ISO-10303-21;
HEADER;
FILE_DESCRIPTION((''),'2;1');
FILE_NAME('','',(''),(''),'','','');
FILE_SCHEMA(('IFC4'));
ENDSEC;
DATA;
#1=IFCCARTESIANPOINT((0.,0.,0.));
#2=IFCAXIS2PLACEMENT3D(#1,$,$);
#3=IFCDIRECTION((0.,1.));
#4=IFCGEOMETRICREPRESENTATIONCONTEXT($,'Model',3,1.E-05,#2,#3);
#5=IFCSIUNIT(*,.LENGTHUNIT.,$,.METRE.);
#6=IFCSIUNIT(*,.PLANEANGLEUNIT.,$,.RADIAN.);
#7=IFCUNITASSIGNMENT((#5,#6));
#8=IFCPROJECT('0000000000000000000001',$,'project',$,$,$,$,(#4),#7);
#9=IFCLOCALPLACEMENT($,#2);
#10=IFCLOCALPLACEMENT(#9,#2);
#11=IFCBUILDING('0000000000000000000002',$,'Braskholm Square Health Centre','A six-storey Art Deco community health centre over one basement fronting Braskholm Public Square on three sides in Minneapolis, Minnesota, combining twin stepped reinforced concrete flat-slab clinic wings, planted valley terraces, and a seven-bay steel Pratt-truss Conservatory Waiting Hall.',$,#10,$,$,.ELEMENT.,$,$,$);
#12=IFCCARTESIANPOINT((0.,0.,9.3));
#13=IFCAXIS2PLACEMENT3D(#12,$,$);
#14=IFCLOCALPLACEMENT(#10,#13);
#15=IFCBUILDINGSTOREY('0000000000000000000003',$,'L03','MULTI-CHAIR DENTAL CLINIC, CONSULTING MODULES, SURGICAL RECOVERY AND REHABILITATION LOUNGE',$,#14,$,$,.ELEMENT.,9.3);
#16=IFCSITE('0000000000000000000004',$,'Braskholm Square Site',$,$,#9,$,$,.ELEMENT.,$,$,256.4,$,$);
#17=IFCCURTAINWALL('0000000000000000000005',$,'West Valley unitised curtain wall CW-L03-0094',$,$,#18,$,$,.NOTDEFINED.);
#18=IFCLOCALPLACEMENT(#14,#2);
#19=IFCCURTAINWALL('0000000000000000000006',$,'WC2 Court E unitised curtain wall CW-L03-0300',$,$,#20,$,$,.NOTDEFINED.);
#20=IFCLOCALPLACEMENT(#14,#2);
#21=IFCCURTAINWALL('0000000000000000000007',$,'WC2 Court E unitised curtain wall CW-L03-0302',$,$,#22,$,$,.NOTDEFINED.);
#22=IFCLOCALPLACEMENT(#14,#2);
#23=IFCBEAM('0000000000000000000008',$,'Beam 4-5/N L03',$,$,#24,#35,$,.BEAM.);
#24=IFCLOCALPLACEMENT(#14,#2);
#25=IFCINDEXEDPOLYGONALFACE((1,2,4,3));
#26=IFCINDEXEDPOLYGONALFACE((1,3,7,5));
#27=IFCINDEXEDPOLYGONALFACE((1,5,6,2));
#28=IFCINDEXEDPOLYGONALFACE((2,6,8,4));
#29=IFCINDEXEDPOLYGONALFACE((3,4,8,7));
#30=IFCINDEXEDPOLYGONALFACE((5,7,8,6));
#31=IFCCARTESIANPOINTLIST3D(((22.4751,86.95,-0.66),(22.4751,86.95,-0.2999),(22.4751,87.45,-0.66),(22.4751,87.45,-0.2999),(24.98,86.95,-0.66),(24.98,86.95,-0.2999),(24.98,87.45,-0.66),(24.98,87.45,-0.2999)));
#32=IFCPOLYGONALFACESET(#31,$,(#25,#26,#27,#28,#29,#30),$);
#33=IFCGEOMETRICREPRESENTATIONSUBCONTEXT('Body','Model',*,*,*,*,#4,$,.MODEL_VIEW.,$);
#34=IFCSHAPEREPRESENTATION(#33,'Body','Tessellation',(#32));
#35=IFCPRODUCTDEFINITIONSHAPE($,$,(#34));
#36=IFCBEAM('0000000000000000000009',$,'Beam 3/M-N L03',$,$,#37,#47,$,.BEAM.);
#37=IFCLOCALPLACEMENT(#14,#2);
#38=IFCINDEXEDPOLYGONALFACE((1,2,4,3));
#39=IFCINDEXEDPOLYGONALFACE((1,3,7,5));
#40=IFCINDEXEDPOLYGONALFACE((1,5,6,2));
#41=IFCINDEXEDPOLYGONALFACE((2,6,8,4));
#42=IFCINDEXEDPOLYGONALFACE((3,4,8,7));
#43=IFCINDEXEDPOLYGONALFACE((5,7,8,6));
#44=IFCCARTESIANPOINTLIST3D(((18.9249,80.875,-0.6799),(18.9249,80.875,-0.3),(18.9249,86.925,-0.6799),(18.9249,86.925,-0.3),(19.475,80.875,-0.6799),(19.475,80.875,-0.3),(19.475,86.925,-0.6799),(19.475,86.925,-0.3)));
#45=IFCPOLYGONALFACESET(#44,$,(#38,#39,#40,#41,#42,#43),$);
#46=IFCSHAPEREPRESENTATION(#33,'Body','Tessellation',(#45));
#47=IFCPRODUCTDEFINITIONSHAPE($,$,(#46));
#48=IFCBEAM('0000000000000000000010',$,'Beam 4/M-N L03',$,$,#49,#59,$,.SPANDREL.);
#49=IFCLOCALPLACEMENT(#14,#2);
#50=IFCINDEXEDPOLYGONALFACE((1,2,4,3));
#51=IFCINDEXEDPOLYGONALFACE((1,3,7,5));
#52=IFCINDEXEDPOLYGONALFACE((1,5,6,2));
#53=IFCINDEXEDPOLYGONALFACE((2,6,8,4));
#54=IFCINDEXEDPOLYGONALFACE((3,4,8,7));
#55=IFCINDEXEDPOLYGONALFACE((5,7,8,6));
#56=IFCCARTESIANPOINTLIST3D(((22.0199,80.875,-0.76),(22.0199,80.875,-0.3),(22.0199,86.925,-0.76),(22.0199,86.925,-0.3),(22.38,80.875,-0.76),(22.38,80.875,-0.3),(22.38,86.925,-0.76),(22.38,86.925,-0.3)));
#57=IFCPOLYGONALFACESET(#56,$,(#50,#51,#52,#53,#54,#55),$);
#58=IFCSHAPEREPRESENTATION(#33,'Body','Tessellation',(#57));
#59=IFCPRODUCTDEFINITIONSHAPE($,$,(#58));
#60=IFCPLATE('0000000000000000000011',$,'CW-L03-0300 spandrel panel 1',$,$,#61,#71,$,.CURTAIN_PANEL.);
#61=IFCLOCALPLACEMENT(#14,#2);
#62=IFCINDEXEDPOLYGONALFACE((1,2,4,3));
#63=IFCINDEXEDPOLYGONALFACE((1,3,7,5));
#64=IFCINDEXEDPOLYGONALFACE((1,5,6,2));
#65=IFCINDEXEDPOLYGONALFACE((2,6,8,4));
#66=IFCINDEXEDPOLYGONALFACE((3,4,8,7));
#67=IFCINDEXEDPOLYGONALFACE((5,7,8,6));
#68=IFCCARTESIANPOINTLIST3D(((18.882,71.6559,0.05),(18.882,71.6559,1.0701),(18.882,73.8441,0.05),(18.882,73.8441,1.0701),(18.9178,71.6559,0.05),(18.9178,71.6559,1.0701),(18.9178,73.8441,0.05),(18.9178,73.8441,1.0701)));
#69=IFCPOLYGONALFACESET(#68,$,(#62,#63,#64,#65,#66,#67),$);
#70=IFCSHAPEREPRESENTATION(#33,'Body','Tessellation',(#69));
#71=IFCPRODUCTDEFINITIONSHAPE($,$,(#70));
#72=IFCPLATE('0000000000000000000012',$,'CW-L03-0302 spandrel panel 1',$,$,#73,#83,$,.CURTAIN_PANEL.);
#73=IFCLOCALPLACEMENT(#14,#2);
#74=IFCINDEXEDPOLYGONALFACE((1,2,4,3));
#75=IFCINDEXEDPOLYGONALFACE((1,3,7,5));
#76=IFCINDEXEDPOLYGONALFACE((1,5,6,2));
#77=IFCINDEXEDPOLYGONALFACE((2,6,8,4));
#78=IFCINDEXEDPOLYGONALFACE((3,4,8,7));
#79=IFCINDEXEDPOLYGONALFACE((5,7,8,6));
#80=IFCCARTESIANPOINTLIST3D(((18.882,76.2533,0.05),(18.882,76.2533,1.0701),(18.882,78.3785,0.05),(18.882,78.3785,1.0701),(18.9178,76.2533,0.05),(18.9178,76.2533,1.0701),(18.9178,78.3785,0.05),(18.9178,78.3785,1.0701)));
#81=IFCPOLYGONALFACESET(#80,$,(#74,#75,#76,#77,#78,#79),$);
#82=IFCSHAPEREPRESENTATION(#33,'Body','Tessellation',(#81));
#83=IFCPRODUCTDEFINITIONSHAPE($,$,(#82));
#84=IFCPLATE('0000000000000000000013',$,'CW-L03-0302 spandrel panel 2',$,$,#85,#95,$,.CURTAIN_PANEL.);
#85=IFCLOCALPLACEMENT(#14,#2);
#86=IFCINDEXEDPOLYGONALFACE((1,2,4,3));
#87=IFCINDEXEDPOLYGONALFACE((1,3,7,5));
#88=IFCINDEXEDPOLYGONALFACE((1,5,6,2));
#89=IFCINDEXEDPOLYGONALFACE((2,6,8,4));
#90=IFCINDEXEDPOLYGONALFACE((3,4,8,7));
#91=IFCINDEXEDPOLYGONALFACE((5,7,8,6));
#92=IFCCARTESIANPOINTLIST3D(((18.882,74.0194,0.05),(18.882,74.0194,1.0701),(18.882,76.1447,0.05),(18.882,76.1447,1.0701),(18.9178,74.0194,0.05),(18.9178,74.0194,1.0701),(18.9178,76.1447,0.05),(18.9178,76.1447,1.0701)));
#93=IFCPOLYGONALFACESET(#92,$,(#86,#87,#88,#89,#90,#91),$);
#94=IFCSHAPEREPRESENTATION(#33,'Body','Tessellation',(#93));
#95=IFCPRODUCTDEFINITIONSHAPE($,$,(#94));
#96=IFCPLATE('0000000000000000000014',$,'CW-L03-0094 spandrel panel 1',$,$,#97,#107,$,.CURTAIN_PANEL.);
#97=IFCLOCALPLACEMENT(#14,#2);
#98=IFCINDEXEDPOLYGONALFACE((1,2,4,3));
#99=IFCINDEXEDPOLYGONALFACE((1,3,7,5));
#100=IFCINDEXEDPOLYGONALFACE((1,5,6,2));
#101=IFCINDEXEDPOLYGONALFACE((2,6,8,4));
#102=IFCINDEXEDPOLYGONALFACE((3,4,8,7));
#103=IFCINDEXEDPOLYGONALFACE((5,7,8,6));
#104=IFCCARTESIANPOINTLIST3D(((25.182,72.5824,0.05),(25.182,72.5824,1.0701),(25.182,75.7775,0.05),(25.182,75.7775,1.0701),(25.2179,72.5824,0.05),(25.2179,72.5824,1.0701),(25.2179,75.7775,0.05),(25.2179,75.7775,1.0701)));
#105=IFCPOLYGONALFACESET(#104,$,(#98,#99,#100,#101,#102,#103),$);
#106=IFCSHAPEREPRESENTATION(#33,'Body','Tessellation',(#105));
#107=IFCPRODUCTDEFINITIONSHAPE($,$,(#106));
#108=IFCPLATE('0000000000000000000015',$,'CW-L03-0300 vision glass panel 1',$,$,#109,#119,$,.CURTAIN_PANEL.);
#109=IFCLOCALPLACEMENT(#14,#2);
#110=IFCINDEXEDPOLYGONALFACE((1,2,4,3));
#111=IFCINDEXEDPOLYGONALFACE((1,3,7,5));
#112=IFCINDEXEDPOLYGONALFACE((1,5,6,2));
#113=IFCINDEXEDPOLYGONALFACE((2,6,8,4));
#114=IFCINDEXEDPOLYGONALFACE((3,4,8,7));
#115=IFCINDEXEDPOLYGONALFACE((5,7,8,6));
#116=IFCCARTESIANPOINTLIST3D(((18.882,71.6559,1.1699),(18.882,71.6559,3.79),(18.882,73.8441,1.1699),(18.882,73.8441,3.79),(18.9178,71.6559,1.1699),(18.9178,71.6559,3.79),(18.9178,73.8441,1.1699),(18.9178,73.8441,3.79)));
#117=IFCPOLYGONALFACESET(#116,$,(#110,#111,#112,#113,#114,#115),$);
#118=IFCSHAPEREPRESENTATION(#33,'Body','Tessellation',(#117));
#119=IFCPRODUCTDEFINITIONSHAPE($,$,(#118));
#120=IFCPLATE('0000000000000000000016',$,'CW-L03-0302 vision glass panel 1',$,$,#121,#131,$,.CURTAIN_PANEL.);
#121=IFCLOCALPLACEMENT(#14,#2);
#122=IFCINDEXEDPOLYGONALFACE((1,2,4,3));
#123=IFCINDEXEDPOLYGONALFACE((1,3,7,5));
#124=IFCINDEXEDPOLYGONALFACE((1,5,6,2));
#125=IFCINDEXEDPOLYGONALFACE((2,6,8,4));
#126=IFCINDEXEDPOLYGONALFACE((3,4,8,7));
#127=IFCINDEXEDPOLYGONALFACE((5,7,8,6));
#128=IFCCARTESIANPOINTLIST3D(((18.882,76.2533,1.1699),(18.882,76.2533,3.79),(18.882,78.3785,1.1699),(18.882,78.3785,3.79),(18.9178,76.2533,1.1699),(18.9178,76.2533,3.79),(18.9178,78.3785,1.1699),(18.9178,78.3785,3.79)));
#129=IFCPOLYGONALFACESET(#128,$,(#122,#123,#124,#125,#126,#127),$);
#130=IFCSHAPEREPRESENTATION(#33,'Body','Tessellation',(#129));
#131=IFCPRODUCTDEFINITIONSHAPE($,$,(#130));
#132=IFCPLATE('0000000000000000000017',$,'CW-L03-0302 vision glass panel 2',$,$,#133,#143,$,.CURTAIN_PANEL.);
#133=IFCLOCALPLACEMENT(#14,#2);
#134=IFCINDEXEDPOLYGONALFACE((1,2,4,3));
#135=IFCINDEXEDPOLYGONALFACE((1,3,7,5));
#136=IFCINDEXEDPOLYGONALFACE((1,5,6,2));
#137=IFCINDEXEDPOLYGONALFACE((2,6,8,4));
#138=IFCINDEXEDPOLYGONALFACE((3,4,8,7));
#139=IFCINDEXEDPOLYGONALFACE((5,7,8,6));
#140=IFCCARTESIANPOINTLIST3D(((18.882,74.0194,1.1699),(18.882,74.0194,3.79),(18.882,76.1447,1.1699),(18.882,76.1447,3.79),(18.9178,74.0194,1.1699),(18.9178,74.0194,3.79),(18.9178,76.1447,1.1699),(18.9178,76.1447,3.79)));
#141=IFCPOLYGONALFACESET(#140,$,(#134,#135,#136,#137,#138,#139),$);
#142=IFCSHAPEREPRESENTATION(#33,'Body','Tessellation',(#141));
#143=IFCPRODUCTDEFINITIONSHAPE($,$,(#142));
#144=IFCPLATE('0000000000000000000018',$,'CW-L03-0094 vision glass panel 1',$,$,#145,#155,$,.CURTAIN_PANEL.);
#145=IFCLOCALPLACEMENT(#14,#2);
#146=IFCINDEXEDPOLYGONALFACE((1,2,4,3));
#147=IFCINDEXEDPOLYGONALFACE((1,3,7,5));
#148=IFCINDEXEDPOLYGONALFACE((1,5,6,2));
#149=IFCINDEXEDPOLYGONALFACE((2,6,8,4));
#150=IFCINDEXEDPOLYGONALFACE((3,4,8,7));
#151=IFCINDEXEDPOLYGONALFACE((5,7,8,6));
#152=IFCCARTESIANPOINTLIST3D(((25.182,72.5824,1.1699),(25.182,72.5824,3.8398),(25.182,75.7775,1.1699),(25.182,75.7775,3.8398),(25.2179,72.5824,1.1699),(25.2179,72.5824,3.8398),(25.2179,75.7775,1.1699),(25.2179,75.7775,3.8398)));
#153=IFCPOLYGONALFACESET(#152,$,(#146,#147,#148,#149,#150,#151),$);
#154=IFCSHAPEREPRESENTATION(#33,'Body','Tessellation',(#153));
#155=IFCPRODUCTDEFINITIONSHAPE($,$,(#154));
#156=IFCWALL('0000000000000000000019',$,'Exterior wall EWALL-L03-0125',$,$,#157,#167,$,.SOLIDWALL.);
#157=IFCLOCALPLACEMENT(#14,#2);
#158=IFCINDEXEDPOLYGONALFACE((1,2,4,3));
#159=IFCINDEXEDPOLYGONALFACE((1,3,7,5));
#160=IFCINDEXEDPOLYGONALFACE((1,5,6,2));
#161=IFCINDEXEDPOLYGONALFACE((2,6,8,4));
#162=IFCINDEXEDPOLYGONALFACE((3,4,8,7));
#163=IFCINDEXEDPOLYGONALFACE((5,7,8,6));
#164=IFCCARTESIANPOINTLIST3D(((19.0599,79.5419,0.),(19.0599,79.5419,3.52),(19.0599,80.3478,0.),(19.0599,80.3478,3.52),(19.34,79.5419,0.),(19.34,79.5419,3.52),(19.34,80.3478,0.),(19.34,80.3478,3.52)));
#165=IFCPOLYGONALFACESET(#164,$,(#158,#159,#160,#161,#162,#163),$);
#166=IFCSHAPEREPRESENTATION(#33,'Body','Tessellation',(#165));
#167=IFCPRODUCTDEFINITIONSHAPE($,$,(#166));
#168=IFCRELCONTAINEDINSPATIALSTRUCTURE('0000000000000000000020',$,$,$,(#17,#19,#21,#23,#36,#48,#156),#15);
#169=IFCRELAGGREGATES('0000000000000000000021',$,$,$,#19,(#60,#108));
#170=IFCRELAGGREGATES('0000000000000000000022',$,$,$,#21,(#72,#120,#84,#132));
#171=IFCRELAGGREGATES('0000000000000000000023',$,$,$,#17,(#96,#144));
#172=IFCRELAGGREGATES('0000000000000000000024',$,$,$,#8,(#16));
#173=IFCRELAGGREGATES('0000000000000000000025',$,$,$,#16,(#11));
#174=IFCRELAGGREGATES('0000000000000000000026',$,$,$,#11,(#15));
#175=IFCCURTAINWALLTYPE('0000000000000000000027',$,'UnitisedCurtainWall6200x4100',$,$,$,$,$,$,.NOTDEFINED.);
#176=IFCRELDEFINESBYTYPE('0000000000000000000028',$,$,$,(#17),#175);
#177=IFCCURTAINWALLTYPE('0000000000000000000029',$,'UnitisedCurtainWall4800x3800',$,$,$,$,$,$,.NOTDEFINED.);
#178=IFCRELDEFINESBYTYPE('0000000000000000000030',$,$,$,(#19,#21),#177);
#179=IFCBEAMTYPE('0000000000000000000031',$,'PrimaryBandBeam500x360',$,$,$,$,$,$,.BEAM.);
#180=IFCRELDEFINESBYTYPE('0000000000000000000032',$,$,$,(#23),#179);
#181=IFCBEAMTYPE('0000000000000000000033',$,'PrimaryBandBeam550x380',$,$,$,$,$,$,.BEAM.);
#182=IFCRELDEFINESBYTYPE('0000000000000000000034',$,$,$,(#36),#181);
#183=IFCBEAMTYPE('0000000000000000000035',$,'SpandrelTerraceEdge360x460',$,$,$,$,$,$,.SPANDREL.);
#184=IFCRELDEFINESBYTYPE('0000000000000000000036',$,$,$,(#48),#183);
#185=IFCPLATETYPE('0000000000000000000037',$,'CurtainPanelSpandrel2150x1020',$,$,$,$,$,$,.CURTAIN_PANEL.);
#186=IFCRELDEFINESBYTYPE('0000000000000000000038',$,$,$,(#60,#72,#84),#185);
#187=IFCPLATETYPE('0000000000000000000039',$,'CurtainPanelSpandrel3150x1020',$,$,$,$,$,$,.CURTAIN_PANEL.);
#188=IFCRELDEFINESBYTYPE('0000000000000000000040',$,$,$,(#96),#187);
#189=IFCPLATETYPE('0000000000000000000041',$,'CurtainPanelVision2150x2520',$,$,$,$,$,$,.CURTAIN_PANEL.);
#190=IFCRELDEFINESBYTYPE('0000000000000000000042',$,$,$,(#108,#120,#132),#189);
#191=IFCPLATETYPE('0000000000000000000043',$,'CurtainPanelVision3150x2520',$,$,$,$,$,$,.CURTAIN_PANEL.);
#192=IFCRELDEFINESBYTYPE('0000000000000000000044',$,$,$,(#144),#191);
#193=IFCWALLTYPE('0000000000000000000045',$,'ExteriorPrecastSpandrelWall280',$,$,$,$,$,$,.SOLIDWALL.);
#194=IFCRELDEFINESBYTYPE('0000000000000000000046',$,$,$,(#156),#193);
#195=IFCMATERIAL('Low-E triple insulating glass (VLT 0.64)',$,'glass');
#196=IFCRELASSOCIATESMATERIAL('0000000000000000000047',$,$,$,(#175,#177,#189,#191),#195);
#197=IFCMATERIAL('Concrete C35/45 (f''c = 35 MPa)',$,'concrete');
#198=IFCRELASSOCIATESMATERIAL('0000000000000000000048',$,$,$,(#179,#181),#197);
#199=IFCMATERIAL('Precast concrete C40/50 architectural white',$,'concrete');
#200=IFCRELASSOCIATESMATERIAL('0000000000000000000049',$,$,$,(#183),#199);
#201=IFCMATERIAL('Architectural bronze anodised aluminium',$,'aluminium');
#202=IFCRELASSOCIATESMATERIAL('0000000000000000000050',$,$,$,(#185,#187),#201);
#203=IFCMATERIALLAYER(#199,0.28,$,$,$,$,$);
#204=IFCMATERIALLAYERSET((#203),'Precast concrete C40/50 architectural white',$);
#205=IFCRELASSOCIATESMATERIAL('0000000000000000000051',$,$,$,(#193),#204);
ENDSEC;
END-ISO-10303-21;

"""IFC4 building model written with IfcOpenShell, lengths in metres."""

from ifc_helpers import new_model, si_unit, direction, frame, frame_2d, origin, origin_2d, place, context, subcontext, project, spatial, rectangle, extrude, material, layer, layer_set, material_profile, profile_set, type_object, element, aggregate, save


model = new_model("IFC4")

# Units and contexts
model_context = context("Model", 3, precision=1e-05, world=origin(), true_north=direction((0.0, 1.0)))
body_context = subcontext(model_context, "Body", "Model", "MODEL_VIEW")
ifc_project = project(units=[si_unit("LENGTHUNIT", "METRE"), si_unit("PLANEANGLEUNIT", "RADIAN")], contexts=[model_context])

# Site, building, storey
site_placement = place(None, origin())
site = spatial("IfcSite", under=ifc_project, at=site_placement, Name="Braskholm Square Site", CompositionType="ELEMENT", RefElevation=256.4)
building_placement = place(site_placement, origin())
building = spatial("IfcBuilding", under=site, at=building_placement, Name="Braskholm Square Health Centre", Description="A six-storey Art Deco community health centre over one basement fronting Braskholm Public Square on three sides in Minneapolis, Minnesota, combining twin stepped reinforced concrete flat-slab clinic wings, planted valley terraces, and a seven-bay steel Pratt-truss Conservatory Waiting Hall.", CompositionType="ELEMENT")
storey_placement = place(building_placement, frame((0.0, 0.0, 9.3)))
storey = spatial("IfcBuildingStorey", under=building, at=storey_placement, Name="L03", Description="MULTI-CHAIR DENTAL CLINIC, CONSULTING MODULES, SURGICAL RECOVERY AND REHABILITATION LOUNGE", CompositionType="ELEMENT", Elevation=9.3)

# Curtain walls
ifc_material_1 = material(Name="Low-E triple insulating glass (VLT 0.64)", Category="glass")
curtain_wall_type_1 = type_object("IfcCurtainWallType", Name="UnitisedCurtainWall6200x4100", PredefinedType="NOTDEFINED", material=ifc_material_1)
curtain_wall_1_placement = place(storey_placement, origin())
curtain_wall_1 = element("IfcCurtainWall", 1, at=curtain_wall_1_placement, inside=storey, type_object=curtain_wall_type_1, Name="West Valley unitised curtain wall CW-L03-0094", PredefinedType="NOTDEFINED")
ifc_material_2 = material(Name="Architectural bronze anodised aluminium", Category="aluminium")
curtain_wall_type_2 = type_object("IfcCurtainWallType", Name="UnitisedCurtainWall4800x3800", PredefinedType="NOTDEFINED", material=ifc_material_1)
curtain_wall_2_placement = place(storey_placement, origin())
curtain_wall_2 = element("IfcCurtainWall", 2, at=curtain_wall_2_placement, inside=storey, type_object=curtain_wall_type_2, Name="WC2 Court E unitised curtain wall CW-L03-0300", PredefinedType="NOTDEFINED")

# Curtain wall
curtain_wall_3_placement = place(storey_placement, origin())
curtain_wall_3 = element("IfcCurtainWall", 3, at=curtain_wall_3_placement, inside=storey, type_object=curtain_wall_type_2, Name="WC2 Court E unitised curtain wall CW-L03-0302", PredefinedType="NOTDEFINED")

# Beams
ifc_material_3 = material(Name="Concrete C35/45 (f'c = 35 MPa)", Category="concrete")
ifc_material_profile_1 = material_profile(ifc_material_3, rectangle(XDim=0.5, YDim=0.3601, at=origin_2d()), Name="RCB-500X360")
ifc_profile_set_1 = profile_set([ifc_material_profile_1], Name="Concrete C35/45 (f'c = 35 MPa)")
beam_type_1 = type_object("IfcBeamType", Name="PrimaryBandBeam500x360", PredefinedType="BEAM", material=ifc_profile_set_1)
beam_1_placement = place(storey_placement, frame((22.4751, 87.2, -0.48), z_axis=(1.0, 0.0, 0.0), x_axis=(0.0, 1.0, 0.0)))
element("IfcBeam", 4, at=beam_1_placement, inside=storey, type_object=beam_type_1, Name="Beam 4-5/N L03", PredefinedType="BEAM", context=body_context, shape_type="SweptSolid", body=[
    extrude(rectangle(XDim=0.5, YDim=0.3601, at=origin_2d()), origin(), (0.0, 0.0, 1.0), 2.5049),
])
ifc_material_profile_2 = material_profile(ifc_material_3, rectangle(XDim=0.55, YDim=0.3799, at=origin_2d()), Name="RCB-550X380")
ifc_profile_set_2 = profile_set([ifc_material_profile_2], Name="Concrete C35/45 (f'c = 35 MPa)")
beam_type_2 = type_object("IfcBeamType", Name="PrimaryBandBeam550x380", PredefinedType="BEAM", material=ifc_profile_set_2)
beam_2_placement = place(storey_placement, frame((19.2, 80.875, -0.49), z_axis=(0.0, 1.0, 0.0), x_axis=(-1.0, 0.0, 0.0)))
element("IfcBeam", 5, at=beam_2_placement, inside=storey, type_object=beam_type_2, Name="Beam 3/M-N L03", PredefinedType="BEAM", context=body_context, shape_type="SweptSolid", body=[
    extrude(rectangle(XDim=0.55, YDim=0.3799, at=origin_2d()), origin(), (0.0, 0.0, 1.0), 6.05),
])
ifc_material_4 = material(Name="Precast concrete C40/50 architectural white", Category="concrete")
ifc_material_profile_3 = material_profile(ifc_material_4, rectangle(XDim=0.3601, YDim=0.46, at=origin_2d()), Name="RCB-360X460")
ifc_profile_set_3 = profile_set([ifc_material_profile_3], Name="Precast concrete C40/50 architectural white")
beam_type_3 = type_object("IfcBeamType", Name="SpandrelTerraceEdge360x460", PredefinedType="SPANDREL", material=ifc_profile_set_3)
beam_3_placement = place(storey_placement, frame((22.2, 80.875, -0.53), z_axis=(0.0, 1.0, 0.0), x_axis=(-1.0, 0.0, 0.0)))
element("IfcBeam", 6, at=beam_3_placement, inside=storey, type_object=beam_type_3, Name="Beam 4/M-N L03", PredefinedType="SPANDREL", context=body_context, shape_type="SweptSolid", body=[
    extrude(rectangle(XDim=0.3601, YDim=0.46, at=origin_2d()), origin(), (0.0, 0.0, 1.0), 6.05),
])

# Plates
plate_type_1 = type_object("IfcPlateType", Name="CurtainPanelSpandrel2150x1020", PredefinedType="CURTAIN_PANEL", material=ifc_material_2)
plate_1_placement = place(storey_placement, frame((18.8999, 72.75, 0.05), z_axis=(0.0, 0.0, 1.0), x_axis=(0.0, -1.0, 0.0)))
plate_1 = element("IfcPlate", 7, at=plate_1_placement, type_object=plate_type_1, Name="CW-L03-0300 spandrel panel 1", PredefinedType="CURTAIN_PANEL", context=body_context, shape_type="SweptSolid", body=[
    extrude(rectangle(XDim=2.1882, YDim=0.0359, at=origin_2d()), origin(), (0.0, 0.0, 1.0), 1.02),
])
plate_2_placement = place(storey_placement, frame((18.8999, 77.3159, 0.05), z_axis=(0.0, 0.0, 1.0), x_axis=(0.0, -1.0, 0.0)))
plate_2 = element("IfcPlate", 8, at=plate_2_placement, type_object=plate_type_1, Name="CW-L03-0302 spandrel panel 1", PredefinedType="CURTAIN_PANEL", context=body_context, shape_type="SweptSolid", body=[
    extrude(rectangle(XDim=2.1252, YDim=0.0359, at=origin_2d()), origin(), (0.0, 0.0, 1.0), 1.02),
])
plate_3_placement = place(storey_placement, frame((18.8999, 75.082, 0.05), z_axis=(0.0, 0.0, 1.0), x_axis=(0.0, -1.0, 0.0)))
plate_3 = element("IfcPlate", 9, at=plate_3_placement, type_object=plate_type_1, Name="CW-L03-0302 spandrel panel 2", PredefinedType="CURTAIN_PANEL", context=body_context, shape_type="SweptSolid", body=[
    extrude(rectangle(XDim=2.1252, YDim=0.0359, at=origin_2d()), origin(), (0.0, 0.0, 1.0), 1.02),
])
plate_type_2 = type_object("IfcPlateType", Name="CurtainPanelSpandrel3150x1020", PredefinedType="CURTAIN_PANEL", material=ifc_material_2)
plate_4_placement = place(storey_placement, frame((25.2, 74.1799, 0.05), z_axis=(0.0, 0.0, 1.0), x_axis=(0.0, 1.0, 0.0)))
plate_4 = element("IfcPlate", 10, at=plate_4_placement, type_object=plate_type_2, Name="CW-L03-0094 spandrel panel 1", PredefinedType="CURTAIN_PANEL", context=body_context, shape_type="SweptSolid", body=[
    extrude(rectangle(XDim=3.1951, YDim=0.0359, at=origin_2d()), origin(), (0.0, 0.0, 1.0), 1.02),
])
plate_type_3 = type_object("IfcPlateType", Name="CurtainPanelVision2150x2520", PredefinedType="CURTAIN_PANEL", material=ifc_material_1)
plate_5_placement = place(storey_placement, frame((18.8999, 72.75, 1.1699), z_axis=(0.0, 0.0, 1.0), x_axis=(0.0, -1.0, 0.0)))
plate_5 = element("IfcPlate", 11, at=plate_5_placement, type_object=plate_type_3, Name="CW-L03-0300 vision glass panel 1", PredefinedType="CURTAIN_PANEL", context=body_context, shape_type="SweptSolid", body=[
    extrude(rectangle(XDim=2.1882, YDim=0.0359, at=origin_2d()), origin(), (0.0, 0.0, 1.0), 2.6201),
])
aggregate(curtain_wall_2, [plate_1, plate_5])
plate_6_placement = place(storey_placement, frame((18.8999, 77.3159, 1.1699), z_axis=(0.0, 0.0, 1.0), x_axis=(0.0, -1.0, 0.0)))
plate_6 = element("IfcPlate", 12, at=plate_6_placement, type_object=plate_type_3, Name="CW-L03-0302 vision glass panel 1", PredefinedType="CURTAIN_PANEL", context=body_context, shape_type="SweptSolid", body=[
    extrude(rectangle(XDim=2.1252, YDim=0.0359, at=origin_2d()), origin(), (0.0, 0.0, 1.0), 2.6201),
])
plate_7_placement = place(storey_placement, frame((18.8999, 75.082, 1.1699), z_axis=(0.0, 0.0, 1.0), x_axis=(0.0, -1.0, 0.0)))
plate_7 = element("IfcPlate", 13, at=plate_7_placement, type_object=plate_type_3, Name="CW-L03-0302 vision glass panel 2", PredefinedType="CURTAIN_PANEL", context=body_context, shape_type="SweptSolid", body=[
    extrude(rectangle(XDim=2.1252, YDim=0.0359, at=origin_2d()), origin(), (0.0, 0.0, 1.0), 2.6201),
])
aggregate(curtain_wall_3, [plate_2, plate_6, plate_3, plate_7])
plate_type_4 = type_object("IfcPlateType", Name="CurtainPanelVision3150x2520", PredefinedType="CURTAIN_PANEL", material=ifc_material_1)
plate_8_placement = place(storey_placement, frame((25.2, 74.1799, 1.1699), z_axis=(0.0, 0.0, 1.0), x_axis=(0.0, 1.0, 0.0)))
plate_8 = element("IfcPlate", 14, at=plate_8_placement, type_object=plate_type_4, Name="CW-L03-0094 vision glass panel 1", PredefinedType="CURTAIN_PANEL", context=body_context, shape_type="SweptSolid", body=[
    extrude(rectangle(XDim=3.1951, YDim=0.0359, at=origin_2d()), origin(), (0.0, 0.0, 1.0), 2.6699),
])
aggregate(curtain_wall_1, [plate_4, plate_8])

# Wall
ifc_layer = layer(ifc_material_4, 0.28)
ifc_layer_set = layer_set([ifc_layer], Name="Precast concrete C40/50 architectural white")
wall_type = type_object("IfcWallType", Name="ExteriorPrecastSpandrelWall280", PredefinedType="SOLIDWALL", material=ifc_layer_set)
wall_1_placement = place(storey_placement, frame((19.2, 79.542, 0.0), z_axis=(0.0, 0.0, 1.0), x_axis=(0.0, 1.0, 0.0)))
element("IfcWall", 15, at=wall_1_placement, inside=storey, type_object=wall_type, Name="Exterior wall EWALL-L03-0125", PredefinedType="SOLIDWALL", context=body_context, shape_type="SweptSolid", body=[
    extrude(rectangle(XDim=0.8059, YDim=0.28, at=frame_2d((0.4028, 0.0))), origin(), (0.0, 0.0, 1.0), 3.52),
])

save(model, "model.ifc")
